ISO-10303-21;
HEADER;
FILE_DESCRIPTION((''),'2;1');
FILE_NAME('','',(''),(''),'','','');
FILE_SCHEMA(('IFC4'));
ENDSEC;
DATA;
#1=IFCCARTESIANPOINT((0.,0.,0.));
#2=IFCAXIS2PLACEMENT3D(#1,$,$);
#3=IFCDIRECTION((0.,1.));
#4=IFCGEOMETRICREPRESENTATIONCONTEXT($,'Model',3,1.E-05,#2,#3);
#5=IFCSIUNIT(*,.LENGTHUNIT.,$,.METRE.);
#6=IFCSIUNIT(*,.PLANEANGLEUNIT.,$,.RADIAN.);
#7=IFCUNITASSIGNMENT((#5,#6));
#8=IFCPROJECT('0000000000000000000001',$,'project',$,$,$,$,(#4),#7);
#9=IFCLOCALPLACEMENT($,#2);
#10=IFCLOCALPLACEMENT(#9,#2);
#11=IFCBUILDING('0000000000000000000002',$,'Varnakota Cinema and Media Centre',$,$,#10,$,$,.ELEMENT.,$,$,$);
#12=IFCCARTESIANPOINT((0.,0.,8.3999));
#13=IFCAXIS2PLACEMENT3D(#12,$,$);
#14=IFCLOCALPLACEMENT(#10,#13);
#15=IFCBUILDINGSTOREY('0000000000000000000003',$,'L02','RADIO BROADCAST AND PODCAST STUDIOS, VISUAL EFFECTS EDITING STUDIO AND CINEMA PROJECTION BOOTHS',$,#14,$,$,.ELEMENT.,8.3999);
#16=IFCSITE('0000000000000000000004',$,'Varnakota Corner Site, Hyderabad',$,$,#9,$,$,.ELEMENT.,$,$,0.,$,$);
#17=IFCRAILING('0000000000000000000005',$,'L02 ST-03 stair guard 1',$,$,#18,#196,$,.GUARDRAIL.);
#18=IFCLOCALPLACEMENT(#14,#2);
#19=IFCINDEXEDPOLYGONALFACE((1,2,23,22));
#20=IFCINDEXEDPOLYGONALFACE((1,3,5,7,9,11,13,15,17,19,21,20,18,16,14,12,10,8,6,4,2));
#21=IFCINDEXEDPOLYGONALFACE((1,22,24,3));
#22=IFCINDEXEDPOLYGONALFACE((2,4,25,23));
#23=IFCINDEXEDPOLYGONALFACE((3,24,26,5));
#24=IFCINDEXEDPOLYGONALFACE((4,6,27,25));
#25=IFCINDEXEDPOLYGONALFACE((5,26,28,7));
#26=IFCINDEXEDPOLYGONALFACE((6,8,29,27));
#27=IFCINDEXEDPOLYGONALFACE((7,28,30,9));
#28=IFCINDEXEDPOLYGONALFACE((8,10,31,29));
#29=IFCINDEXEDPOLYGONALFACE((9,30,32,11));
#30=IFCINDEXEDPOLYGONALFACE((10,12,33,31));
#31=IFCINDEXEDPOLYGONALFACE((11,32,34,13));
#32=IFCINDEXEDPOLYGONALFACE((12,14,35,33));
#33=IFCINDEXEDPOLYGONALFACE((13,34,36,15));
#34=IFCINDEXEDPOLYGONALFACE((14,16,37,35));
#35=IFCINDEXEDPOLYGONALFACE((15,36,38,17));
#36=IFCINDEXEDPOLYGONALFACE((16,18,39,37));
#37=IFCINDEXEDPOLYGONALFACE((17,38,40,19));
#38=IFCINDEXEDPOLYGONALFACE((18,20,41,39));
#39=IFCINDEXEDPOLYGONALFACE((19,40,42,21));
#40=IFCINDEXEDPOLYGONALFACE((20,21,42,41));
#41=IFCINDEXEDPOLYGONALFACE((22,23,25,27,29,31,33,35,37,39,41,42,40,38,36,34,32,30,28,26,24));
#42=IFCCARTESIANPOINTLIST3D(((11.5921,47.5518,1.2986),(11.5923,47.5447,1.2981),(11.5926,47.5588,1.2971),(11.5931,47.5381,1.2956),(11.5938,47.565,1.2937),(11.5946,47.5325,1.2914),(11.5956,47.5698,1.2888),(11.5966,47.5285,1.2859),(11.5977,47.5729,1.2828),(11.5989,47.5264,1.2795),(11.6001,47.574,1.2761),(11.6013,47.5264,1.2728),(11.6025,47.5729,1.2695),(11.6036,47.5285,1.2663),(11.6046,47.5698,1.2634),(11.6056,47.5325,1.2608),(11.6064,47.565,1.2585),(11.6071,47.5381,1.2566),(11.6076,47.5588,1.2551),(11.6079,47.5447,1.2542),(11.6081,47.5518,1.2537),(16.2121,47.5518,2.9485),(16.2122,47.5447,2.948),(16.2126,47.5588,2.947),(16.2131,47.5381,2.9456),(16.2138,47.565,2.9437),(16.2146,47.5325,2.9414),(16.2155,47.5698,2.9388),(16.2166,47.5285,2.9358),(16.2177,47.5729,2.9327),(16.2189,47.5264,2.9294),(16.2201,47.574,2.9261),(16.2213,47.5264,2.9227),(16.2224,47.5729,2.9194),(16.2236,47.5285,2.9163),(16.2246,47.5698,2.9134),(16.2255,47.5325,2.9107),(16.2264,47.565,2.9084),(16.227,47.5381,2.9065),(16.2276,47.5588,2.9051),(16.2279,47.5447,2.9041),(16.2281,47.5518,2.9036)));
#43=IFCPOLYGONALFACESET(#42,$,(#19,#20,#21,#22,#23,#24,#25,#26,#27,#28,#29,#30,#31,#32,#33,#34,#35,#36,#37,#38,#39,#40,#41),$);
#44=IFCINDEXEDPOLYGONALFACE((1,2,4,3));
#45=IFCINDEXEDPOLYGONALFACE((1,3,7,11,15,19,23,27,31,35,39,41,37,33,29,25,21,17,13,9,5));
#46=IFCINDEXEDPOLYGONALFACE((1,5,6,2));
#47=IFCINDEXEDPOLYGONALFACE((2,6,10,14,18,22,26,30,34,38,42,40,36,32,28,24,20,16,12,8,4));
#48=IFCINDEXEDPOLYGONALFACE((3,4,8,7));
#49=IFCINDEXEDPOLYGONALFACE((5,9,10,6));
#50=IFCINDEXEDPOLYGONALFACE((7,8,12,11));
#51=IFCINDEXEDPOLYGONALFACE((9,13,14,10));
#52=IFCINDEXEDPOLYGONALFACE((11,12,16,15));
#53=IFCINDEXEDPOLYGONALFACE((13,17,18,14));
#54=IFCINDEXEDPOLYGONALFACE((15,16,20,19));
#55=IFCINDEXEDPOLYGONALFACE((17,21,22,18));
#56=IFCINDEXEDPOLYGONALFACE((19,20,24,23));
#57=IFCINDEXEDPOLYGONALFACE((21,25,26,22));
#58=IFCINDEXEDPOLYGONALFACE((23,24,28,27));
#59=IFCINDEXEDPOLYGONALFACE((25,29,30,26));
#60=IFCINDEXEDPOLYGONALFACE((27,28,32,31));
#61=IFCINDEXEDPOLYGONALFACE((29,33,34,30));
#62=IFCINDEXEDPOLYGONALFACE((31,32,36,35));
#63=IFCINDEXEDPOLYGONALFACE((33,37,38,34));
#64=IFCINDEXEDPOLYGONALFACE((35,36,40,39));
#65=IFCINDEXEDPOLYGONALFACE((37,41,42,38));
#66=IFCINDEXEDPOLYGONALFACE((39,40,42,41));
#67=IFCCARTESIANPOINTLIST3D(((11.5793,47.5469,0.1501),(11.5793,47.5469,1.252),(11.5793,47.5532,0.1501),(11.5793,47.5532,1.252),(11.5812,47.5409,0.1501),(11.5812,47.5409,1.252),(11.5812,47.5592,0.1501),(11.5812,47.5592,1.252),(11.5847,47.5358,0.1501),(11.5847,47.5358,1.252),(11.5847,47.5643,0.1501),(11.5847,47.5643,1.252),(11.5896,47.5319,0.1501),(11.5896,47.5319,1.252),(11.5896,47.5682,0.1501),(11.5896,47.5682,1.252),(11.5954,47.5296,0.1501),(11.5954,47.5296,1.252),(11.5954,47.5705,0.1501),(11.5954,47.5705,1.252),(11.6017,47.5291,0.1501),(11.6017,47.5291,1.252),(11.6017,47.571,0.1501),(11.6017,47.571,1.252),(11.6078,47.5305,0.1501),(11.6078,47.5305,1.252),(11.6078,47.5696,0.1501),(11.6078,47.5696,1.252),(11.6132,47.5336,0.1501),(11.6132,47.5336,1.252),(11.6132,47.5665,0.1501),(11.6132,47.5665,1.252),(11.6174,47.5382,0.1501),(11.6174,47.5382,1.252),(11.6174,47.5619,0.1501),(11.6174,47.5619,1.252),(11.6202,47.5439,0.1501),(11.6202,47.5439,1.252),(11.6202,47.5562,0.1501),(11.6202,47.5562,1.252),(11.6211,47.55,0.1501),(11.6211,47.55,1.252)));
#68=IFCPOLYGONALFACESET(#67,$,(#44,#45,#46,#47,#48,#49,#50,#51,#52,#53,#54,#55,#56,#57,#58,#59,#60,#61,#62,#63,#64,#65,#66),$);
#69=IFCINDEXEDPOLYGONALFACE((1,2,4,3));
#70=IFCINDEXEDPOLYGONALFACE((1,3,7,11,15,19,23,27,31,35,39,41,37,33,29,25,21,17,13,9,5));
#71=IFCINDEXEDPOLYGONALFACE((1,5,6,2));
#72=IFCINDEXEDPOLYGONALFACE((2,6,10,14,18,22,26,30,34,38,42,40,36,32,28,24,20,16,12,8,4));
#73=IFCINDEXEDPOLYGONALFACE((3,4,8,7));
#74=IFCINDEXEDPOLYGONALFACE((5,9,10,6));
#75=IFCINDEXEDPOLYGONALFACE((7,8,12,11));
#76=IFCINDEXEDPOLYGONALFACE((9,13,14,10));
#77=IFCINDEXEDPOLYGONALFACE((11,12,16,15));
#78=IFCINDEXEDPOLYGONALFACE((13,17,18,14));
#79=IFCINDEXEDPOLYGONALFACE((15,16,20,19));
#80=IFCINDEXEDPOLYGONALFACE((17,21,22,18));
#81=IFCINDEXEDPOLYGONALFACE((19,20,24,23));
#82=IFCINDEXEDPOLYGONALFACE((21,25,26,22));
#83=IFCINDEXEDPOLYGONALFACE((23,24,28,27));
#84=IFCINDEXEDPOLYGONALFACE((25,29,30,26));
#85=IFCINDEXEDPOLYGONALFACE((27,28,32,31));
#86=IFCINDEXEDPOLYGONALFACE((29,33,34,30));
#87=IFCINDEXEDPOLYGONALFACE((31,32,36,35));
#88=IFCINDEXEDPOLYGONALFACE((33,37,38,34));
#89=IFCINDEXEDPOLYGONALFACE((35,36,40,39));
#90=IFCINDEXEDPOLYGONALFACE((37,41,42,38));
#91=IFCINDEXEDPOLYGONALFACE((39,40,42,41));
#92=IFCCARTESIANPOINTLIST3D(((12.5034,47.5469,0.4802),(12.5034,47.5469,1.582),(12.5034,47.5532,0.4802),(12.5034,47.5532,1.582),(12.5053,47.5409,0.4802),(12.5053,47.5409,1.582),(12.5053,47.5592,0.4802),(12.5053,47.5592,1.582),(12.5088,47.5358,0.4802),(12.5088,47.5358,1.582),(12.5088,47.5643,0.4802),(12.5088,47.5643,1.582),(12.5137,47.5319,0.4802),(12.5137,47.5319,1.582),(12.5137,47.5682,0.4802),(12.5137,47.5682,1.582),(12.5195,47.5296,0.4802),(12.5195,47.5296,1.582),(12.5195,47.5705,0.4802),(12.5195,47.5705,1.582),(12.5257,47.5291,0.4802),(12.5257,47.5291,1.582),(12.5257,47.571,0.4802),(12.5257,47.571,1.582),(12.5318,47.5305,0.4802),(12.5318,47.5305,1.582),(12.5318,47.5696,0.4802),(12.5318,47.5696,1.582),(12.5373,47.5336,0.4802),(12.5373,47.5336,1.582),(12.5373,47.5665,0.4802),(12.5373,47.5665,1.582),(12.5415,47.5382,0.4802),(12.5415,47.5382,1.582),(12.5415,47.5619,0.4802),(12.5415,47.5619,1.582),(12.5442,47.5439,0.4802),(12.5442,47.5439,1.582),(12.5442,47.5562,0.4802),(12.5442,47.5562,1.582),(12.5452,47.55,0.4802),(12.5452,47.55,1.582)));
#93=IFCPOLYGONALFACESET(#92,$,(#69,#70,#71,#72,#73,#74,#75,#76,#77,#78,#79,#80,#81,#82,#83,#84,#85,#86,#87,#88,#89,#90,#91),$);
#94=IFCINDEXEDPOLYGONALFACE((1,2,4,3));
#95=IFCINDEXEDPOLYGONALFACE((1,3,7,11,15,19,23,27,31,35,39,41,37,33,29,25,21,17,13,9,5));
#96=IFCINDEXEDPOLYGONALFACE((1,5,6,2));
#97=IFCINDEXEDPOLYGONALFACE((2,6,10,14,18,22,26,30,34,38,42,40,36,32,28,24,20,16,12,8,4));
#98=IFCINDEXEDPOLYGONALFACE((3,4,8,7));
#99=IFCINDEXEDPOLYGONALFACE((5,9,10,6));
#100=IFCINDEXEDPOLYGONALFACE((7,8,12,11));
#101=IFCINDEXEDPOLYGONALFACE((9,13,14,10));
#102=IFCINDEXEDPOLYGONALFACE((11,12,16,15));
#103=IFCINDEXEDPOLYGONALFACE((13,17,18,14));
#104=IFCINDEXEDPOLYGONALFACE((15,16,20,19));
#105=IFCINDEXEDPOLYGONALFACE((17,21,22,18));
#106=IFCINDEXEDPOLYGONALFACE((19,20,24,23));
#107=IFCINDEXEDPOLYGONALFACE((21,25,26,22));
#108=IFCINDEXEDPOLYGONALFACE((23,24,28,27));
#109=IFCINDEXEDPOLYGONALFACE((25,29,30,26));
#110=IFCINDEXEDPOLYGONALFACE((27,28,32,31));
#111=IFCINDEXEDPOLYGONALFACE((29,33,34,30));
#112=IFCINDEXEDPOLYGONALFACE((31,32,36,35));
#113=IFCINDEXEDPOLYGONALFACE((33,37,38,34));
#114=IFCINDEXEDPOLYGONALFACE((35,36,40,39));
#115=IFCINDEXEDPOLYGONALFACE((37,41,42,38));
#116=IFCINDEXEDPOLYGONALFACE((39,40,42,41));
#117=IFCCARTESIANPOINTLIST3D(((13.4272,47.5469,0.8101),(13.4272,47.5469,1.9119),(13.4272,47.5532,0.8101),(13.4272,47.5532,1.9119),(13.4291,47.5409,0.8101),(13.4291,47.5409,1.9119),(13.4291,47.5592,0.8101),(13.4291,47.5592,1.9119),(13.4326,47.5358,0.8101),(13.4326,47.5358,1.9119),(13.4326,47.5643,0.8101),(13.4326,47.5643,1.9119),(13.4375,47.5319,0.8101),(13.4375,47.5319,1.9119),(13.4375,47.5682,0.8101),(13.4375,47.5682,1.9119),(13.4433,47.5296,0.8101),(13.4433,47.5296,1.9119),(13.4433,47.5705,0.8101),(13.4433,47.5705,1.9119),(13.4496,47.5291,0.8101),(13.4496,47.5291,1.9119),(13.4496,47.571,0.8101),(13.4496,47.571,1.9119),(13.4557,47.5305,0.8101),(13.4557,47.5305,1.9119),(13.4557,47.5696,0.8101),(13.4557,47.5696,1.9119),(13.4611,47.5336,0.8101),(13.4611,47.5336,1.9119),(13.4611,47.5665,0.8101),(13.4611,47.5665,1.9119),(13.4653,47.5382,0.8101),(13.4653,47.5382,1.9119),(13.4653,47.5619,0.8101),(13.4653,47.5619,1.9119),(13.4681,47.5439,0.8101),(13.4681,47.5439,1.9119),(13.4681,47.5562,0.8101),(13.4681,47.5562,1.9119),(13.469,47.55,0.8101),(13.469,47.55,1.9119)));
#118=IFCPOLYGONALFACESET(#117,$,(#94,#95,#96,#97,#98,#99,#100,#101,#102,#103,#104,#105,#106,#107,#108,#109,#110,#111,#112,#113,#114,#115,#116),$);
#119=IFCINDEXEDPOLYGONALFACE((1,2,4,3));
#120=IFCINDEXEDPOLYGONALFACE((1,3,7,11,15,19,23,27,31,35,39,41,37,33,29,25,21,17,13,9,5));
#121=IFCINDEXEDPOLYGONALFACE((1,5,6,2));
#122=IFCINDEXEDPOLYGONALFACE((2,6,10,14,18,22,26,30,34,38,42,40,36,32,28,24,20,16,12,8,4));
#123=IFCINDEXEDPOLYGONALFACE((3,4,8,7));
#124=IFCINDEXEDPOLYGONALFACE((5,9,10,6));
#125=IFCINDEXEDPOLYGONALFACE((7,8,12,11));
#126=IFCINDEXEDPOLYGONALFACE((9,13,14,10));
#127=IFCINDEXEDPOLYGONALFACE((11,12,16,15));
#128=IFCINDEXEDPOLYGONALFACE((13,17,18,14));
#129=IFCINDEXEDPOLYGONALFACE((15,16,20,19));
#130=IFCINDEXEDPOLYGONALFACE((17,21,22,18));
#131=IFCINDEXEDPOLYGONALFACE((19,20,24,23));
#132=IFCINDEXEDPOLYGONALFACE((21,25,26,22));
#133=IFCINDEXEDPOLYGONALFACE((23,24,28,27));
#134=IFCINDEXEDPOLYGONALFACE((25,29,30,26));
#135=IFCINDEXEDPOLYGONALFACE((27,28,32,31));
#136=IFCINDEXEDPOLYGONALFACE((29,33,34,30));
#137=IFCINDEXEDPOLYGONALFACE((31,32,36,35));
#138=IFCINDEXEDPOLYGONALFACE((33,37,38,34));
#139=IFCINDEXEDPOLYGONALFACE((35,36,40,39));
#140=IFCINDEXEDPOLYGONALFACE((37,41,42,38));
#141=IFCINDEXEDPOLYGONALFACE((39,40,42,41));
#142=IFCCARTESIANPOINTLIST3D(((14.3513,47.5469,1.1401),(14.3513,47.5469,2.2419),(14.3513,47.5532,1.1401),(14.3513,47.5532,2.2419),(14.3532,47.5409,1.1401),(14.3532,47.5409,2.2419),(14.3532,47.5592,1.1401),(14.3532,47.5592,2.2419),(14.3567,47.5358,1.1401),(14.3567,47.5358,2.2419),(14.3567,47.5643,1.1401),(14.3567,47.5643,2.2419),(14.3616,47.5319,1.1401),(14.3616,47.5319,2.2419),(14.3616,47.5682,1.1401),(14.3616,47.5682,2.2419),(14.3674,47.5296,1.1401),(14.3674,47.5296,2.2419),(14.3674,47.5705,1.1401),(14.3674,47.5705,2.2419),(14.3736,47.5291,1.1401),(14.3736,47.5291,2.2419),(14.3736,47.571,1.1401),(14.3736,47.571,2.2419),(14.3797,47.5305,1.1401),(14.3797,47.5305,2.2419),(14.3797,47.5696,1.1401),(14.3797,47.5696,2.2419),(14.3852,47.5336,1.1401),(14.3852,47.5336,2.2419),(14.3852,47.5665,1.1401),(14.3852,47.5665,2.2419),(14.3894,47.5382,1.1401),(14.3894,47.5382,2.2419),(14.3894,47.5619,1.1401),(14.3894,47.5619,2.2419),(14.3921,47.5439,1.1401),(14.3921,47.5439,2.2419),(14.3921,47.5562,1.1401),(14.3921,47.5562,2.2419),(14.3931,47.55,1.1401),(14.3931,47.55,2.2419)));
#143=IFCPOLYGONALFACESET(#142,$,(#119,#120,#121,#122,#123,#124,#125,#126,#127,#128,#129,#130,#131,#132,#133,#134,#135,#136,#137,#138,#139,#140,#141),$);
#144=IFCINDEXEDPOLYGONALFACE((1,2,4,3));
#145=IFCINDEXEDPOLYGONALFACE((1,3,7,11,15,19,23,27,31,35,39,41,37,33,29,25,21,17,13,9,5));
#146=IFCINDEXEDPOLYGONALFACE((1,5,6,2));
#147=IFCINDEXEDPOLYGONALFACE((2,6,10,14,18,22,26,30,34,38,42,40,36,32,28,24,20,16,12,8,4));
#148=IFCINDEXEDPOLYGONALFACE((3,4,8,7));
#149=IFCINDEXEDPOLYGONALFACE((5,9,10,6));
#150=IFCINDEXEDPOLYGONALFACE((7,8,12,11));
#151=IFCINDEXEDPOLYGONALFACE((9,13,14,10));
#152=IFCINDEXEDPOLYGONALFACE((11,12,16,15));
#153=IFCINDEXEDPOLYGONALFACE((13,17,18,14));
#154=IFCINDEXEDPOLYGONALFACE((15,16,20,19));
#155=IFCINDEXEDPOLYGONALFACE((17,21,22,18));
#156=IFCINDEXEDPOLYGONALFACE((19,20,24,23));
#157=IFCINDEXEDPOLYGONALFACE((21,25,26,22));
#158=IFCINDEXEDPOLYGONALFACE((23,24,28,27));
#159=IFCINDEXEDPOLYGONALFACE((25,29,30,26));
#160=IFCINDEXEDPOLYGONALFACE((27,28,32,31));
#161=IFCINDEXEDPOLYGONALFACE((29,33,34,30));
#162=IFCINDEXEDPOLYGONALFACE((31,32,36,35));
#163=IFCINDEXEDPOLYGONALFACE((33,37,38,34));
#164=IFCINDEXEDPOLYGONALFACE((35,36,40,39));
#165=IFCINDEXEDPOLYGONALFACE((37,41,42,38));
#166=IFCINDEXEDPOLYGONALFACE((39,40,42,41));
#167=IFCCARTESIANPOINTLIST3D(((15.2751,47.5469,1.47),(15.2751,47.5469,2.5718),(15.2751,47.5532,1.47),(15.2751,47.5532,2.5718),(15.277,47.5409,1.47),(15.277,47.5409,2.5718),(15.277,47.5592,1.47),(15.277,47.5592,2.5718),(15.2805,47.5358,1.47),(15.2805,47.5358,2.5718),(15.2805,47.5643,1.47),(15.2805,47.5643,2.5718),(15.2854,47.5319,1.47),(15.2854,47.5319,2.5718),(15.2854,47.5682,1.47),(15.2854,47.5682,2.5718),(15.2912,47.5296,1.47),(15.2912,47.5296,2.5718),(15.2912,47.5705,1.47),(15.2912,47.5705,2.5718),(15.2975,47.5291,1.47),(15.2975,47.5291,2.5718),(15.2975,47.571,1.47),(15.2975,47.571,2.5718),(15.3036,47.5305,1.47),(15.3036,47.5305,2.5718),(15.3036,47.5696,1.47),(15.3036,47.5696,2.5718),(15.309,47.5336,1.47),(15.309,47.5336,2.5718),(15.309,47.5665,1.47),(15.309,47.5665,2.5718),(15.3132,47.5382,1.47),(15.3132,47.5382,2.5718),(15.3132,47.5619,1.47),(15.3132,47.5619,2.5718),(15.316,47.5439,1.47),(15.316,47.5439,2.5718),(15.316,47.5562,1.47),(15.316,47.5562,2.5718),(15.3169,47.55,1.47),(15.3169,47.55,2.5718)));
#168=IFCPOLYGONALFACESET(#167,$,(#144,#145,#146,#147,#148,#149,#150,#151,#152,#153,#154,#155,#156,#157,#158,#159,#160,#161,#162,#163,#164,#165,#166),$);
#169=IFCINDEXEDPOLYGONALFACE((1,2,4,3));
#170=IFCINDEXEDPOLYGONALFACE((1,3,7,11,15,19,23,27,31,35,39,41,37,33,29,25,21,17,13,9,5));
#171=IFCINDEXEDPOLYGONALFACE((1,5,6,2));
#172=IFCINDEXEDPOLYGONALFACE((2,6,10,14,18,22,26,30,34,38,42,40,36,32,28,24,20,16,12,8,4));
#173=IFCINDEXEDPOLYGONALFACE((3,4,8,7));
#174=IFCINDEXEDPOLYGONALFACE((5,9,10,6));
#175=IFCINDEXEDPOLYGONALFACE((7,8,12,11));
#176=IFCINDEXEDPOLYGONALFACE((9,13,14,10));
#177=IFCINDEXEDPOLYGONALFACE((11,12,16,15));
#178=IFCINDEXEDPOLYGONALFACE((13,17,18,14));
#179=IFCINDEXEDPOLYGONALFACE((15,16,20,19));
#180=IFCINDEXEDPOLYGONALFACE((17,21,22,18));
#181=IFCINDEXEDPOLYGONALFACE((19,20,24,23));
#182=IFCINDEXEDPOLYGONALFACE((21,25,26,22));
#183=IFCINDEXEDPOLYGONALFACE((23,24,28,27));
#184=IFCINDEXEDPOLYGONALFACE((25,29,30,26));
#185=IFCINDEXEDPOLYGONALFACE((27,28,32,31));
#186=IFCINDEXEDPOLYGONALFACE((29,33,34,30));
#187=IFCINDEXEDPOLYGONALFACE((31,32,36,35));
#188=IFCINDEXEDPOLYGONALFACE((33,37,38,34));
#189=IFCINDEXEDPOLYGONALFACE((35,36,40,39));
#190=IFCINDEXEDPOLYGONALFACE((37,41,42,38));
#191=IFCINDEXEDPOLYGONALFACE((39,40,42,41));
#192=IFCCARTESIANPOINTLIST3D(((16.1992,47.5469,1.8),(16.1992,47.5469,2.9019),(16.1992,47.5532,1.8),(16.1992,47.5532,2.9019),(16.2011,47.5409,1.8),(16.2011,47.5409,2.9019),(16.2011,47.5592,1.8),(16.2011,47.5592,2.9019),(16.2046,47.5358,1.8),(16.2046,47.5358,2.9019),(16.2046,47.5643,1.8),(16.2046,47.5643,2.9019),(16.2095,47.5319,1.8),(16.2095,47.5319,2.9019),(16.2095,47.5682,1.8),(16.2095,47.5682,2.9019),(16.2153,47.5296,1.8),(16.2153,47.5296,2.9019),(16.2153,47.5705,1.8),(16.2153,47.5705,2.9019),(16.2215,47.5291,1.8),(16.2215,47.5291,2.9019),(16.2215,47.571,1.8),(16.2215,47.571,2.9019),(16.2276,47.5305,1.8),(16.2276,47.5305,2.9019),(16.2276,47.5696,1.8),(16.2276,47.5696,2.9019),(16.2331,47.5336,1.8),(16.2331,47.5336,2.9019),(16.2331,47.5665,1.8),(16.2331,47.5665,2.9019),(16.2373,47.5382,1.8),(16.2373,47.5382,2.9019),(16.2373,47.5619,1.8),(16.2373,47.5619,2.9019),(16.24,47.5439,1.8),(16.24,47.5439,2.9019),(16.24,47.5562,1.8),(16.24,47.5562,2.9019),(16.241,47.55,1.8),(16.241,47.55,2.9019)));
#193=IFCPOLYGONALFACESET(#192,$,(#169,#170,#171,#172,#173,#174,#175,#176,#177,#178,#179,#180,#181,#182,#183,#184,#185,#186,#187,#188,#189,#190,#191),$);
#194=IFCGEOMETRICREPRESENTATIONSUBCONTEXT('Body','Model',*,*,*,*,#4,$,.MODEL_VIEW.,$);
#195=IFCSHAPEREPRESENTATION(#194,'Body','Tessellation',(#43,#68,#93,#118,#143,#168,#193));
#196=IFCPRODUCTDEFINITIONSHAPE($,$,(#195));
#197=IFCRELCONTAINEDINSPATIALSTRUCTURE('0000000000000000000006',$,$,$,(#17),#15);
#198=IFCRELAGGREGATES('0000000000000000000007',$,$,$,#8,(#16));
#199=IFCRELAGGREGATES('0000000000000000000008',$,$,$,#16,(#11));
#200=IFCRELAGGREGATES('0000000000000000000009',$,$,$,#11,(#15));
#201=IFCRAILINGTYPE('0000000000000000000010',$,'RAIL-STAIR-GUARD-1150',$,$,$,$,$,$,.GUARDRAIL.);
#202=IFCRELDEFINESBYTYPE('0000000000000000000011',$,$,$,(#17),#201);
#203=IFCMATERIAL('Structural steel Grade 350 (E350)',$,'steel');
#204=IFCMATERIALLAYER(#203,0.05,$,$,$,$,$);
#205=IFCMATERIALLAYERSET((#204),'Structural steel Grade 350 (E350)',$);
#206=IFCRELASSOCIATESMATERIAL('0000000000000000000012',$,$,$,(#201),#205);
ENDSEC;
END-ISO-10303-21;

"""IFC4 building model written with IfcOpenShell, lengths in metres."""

from ifc_helpers import new_model, si_unit, direction, frame, origin, origin_2d, place, context, subcontext, project, spatial, circle, extrude, material, layer, layer_set, type_object, element, save


model = new_model("IFC4")

# Units and contexts
model_context = context("Model", 3, precision=1e-05, world=origin(), true_north=direction((0.0, 1.0)))
body_context = subcontext(model_context, "Body", "Model", "MODEL_VIEW")
ifc_project = project(units=[si_unit("LENGTHUNIT", "METRE"), si_unit("PLANEANGLEUNIT", "RADIAN")], contexts=[model_context])

# Site, building, storey
site_placement = place(None, origin())
site = spatial("IfcSite", under=ifc_project, at=site_placement, Name="Varnakota Corner Site, Hyderabad", CompositionType="ELEMENT", RefElevation=0.0)
building_placement = place(site_placement, origin())
building = spatial("IfcBuilding", under=site, at=building_placement, Name="Varnakota Cinema and Media Centre", CompositionType="ELEMENT")
storey_placement = place(building_placement, frame((0.0, 0.0, 8.3999)))
storey = spatial("IfcBuildingStorey", under=building, at=storey_placement, Name="L02", Description="RADIO BROADCAST AND PODCAST STUDIOS, VISUAL EFFECTS EDITING STUDIO AND CINEMA PROJECTION BOOTHS", CompositionType="ELEMENT", Elevation=8.3999)

# Railing
ifc_material_1 = material(Name="Structural steel Grade 350 (E350)", Category="steel")
ifc_layer_1 = layer(ifc_material_1, 0.05)
ifc_layer_set_1 = layer_set([ifc_layer_1], Name="Structural steel Grade 350 (E350)")
railing_type_1 = type_object("IfcRailingType", Name="RAIL-STAIR-GUARD-1150", PredefinedType="GUARDRAIL", material=ifc_layer_set_1)
railing_1_placement = place(storey_placement, frame((11.6001, 47.55, 0.1501)))
element("IfcRailing", 1, at=railing_1_placement, inside=storey, type_object=railing_type_1, Name="L02 ST-03 stair guard 1", PredefinedType="GUARDRAIL", context=body_context, shape_type="SweptSolid", body=[
    extrude(circle(Radius=0.0239, at=origin_2d()), frame((0.0, 0.0, 1.126), z_axis=(0.941745, 0.0, 0.336327), x_axis=(0.0, 1.0, 0.0)), (0.0, 0.0, 1.0), 4.9058),
    extrude(circle(Radius=0.021, at=origin_2d()), origin(), (0.0, 0.0, 1.0), 1.1018),
    extrude(circle(Radius=0.021, at=origin_2d()), frame((0.9241, 0.0, 0.3301)), (0.0, 0.0, 1.0), 1.1018),
    extrude(circle(Radius=0.021, at=origin_2d()), frame((1.8479, 0.0, 0.6599)), (0.0, 0.0, 1.0), 1.1018),
    extrude(circle(Radius=0.021, at=origin_2d()), frame((2.772, 0.0, 0.99)), (0.0, 0.0, 1.0), 1.1018),
    extrude(circle(Radius=0.021, at=origin_2d()), frame((3.6958, 0.0, 1.3198)), (0.0, 0.0, 1.0), 1.1018),
    extrude(circle(Radius=0.021, at=origin_2d()), frame((4.6199, 0.0, 1.6499)), (0.0, 0.0, 1.0), 1.1018),
])

save(model, "model.ifc")
